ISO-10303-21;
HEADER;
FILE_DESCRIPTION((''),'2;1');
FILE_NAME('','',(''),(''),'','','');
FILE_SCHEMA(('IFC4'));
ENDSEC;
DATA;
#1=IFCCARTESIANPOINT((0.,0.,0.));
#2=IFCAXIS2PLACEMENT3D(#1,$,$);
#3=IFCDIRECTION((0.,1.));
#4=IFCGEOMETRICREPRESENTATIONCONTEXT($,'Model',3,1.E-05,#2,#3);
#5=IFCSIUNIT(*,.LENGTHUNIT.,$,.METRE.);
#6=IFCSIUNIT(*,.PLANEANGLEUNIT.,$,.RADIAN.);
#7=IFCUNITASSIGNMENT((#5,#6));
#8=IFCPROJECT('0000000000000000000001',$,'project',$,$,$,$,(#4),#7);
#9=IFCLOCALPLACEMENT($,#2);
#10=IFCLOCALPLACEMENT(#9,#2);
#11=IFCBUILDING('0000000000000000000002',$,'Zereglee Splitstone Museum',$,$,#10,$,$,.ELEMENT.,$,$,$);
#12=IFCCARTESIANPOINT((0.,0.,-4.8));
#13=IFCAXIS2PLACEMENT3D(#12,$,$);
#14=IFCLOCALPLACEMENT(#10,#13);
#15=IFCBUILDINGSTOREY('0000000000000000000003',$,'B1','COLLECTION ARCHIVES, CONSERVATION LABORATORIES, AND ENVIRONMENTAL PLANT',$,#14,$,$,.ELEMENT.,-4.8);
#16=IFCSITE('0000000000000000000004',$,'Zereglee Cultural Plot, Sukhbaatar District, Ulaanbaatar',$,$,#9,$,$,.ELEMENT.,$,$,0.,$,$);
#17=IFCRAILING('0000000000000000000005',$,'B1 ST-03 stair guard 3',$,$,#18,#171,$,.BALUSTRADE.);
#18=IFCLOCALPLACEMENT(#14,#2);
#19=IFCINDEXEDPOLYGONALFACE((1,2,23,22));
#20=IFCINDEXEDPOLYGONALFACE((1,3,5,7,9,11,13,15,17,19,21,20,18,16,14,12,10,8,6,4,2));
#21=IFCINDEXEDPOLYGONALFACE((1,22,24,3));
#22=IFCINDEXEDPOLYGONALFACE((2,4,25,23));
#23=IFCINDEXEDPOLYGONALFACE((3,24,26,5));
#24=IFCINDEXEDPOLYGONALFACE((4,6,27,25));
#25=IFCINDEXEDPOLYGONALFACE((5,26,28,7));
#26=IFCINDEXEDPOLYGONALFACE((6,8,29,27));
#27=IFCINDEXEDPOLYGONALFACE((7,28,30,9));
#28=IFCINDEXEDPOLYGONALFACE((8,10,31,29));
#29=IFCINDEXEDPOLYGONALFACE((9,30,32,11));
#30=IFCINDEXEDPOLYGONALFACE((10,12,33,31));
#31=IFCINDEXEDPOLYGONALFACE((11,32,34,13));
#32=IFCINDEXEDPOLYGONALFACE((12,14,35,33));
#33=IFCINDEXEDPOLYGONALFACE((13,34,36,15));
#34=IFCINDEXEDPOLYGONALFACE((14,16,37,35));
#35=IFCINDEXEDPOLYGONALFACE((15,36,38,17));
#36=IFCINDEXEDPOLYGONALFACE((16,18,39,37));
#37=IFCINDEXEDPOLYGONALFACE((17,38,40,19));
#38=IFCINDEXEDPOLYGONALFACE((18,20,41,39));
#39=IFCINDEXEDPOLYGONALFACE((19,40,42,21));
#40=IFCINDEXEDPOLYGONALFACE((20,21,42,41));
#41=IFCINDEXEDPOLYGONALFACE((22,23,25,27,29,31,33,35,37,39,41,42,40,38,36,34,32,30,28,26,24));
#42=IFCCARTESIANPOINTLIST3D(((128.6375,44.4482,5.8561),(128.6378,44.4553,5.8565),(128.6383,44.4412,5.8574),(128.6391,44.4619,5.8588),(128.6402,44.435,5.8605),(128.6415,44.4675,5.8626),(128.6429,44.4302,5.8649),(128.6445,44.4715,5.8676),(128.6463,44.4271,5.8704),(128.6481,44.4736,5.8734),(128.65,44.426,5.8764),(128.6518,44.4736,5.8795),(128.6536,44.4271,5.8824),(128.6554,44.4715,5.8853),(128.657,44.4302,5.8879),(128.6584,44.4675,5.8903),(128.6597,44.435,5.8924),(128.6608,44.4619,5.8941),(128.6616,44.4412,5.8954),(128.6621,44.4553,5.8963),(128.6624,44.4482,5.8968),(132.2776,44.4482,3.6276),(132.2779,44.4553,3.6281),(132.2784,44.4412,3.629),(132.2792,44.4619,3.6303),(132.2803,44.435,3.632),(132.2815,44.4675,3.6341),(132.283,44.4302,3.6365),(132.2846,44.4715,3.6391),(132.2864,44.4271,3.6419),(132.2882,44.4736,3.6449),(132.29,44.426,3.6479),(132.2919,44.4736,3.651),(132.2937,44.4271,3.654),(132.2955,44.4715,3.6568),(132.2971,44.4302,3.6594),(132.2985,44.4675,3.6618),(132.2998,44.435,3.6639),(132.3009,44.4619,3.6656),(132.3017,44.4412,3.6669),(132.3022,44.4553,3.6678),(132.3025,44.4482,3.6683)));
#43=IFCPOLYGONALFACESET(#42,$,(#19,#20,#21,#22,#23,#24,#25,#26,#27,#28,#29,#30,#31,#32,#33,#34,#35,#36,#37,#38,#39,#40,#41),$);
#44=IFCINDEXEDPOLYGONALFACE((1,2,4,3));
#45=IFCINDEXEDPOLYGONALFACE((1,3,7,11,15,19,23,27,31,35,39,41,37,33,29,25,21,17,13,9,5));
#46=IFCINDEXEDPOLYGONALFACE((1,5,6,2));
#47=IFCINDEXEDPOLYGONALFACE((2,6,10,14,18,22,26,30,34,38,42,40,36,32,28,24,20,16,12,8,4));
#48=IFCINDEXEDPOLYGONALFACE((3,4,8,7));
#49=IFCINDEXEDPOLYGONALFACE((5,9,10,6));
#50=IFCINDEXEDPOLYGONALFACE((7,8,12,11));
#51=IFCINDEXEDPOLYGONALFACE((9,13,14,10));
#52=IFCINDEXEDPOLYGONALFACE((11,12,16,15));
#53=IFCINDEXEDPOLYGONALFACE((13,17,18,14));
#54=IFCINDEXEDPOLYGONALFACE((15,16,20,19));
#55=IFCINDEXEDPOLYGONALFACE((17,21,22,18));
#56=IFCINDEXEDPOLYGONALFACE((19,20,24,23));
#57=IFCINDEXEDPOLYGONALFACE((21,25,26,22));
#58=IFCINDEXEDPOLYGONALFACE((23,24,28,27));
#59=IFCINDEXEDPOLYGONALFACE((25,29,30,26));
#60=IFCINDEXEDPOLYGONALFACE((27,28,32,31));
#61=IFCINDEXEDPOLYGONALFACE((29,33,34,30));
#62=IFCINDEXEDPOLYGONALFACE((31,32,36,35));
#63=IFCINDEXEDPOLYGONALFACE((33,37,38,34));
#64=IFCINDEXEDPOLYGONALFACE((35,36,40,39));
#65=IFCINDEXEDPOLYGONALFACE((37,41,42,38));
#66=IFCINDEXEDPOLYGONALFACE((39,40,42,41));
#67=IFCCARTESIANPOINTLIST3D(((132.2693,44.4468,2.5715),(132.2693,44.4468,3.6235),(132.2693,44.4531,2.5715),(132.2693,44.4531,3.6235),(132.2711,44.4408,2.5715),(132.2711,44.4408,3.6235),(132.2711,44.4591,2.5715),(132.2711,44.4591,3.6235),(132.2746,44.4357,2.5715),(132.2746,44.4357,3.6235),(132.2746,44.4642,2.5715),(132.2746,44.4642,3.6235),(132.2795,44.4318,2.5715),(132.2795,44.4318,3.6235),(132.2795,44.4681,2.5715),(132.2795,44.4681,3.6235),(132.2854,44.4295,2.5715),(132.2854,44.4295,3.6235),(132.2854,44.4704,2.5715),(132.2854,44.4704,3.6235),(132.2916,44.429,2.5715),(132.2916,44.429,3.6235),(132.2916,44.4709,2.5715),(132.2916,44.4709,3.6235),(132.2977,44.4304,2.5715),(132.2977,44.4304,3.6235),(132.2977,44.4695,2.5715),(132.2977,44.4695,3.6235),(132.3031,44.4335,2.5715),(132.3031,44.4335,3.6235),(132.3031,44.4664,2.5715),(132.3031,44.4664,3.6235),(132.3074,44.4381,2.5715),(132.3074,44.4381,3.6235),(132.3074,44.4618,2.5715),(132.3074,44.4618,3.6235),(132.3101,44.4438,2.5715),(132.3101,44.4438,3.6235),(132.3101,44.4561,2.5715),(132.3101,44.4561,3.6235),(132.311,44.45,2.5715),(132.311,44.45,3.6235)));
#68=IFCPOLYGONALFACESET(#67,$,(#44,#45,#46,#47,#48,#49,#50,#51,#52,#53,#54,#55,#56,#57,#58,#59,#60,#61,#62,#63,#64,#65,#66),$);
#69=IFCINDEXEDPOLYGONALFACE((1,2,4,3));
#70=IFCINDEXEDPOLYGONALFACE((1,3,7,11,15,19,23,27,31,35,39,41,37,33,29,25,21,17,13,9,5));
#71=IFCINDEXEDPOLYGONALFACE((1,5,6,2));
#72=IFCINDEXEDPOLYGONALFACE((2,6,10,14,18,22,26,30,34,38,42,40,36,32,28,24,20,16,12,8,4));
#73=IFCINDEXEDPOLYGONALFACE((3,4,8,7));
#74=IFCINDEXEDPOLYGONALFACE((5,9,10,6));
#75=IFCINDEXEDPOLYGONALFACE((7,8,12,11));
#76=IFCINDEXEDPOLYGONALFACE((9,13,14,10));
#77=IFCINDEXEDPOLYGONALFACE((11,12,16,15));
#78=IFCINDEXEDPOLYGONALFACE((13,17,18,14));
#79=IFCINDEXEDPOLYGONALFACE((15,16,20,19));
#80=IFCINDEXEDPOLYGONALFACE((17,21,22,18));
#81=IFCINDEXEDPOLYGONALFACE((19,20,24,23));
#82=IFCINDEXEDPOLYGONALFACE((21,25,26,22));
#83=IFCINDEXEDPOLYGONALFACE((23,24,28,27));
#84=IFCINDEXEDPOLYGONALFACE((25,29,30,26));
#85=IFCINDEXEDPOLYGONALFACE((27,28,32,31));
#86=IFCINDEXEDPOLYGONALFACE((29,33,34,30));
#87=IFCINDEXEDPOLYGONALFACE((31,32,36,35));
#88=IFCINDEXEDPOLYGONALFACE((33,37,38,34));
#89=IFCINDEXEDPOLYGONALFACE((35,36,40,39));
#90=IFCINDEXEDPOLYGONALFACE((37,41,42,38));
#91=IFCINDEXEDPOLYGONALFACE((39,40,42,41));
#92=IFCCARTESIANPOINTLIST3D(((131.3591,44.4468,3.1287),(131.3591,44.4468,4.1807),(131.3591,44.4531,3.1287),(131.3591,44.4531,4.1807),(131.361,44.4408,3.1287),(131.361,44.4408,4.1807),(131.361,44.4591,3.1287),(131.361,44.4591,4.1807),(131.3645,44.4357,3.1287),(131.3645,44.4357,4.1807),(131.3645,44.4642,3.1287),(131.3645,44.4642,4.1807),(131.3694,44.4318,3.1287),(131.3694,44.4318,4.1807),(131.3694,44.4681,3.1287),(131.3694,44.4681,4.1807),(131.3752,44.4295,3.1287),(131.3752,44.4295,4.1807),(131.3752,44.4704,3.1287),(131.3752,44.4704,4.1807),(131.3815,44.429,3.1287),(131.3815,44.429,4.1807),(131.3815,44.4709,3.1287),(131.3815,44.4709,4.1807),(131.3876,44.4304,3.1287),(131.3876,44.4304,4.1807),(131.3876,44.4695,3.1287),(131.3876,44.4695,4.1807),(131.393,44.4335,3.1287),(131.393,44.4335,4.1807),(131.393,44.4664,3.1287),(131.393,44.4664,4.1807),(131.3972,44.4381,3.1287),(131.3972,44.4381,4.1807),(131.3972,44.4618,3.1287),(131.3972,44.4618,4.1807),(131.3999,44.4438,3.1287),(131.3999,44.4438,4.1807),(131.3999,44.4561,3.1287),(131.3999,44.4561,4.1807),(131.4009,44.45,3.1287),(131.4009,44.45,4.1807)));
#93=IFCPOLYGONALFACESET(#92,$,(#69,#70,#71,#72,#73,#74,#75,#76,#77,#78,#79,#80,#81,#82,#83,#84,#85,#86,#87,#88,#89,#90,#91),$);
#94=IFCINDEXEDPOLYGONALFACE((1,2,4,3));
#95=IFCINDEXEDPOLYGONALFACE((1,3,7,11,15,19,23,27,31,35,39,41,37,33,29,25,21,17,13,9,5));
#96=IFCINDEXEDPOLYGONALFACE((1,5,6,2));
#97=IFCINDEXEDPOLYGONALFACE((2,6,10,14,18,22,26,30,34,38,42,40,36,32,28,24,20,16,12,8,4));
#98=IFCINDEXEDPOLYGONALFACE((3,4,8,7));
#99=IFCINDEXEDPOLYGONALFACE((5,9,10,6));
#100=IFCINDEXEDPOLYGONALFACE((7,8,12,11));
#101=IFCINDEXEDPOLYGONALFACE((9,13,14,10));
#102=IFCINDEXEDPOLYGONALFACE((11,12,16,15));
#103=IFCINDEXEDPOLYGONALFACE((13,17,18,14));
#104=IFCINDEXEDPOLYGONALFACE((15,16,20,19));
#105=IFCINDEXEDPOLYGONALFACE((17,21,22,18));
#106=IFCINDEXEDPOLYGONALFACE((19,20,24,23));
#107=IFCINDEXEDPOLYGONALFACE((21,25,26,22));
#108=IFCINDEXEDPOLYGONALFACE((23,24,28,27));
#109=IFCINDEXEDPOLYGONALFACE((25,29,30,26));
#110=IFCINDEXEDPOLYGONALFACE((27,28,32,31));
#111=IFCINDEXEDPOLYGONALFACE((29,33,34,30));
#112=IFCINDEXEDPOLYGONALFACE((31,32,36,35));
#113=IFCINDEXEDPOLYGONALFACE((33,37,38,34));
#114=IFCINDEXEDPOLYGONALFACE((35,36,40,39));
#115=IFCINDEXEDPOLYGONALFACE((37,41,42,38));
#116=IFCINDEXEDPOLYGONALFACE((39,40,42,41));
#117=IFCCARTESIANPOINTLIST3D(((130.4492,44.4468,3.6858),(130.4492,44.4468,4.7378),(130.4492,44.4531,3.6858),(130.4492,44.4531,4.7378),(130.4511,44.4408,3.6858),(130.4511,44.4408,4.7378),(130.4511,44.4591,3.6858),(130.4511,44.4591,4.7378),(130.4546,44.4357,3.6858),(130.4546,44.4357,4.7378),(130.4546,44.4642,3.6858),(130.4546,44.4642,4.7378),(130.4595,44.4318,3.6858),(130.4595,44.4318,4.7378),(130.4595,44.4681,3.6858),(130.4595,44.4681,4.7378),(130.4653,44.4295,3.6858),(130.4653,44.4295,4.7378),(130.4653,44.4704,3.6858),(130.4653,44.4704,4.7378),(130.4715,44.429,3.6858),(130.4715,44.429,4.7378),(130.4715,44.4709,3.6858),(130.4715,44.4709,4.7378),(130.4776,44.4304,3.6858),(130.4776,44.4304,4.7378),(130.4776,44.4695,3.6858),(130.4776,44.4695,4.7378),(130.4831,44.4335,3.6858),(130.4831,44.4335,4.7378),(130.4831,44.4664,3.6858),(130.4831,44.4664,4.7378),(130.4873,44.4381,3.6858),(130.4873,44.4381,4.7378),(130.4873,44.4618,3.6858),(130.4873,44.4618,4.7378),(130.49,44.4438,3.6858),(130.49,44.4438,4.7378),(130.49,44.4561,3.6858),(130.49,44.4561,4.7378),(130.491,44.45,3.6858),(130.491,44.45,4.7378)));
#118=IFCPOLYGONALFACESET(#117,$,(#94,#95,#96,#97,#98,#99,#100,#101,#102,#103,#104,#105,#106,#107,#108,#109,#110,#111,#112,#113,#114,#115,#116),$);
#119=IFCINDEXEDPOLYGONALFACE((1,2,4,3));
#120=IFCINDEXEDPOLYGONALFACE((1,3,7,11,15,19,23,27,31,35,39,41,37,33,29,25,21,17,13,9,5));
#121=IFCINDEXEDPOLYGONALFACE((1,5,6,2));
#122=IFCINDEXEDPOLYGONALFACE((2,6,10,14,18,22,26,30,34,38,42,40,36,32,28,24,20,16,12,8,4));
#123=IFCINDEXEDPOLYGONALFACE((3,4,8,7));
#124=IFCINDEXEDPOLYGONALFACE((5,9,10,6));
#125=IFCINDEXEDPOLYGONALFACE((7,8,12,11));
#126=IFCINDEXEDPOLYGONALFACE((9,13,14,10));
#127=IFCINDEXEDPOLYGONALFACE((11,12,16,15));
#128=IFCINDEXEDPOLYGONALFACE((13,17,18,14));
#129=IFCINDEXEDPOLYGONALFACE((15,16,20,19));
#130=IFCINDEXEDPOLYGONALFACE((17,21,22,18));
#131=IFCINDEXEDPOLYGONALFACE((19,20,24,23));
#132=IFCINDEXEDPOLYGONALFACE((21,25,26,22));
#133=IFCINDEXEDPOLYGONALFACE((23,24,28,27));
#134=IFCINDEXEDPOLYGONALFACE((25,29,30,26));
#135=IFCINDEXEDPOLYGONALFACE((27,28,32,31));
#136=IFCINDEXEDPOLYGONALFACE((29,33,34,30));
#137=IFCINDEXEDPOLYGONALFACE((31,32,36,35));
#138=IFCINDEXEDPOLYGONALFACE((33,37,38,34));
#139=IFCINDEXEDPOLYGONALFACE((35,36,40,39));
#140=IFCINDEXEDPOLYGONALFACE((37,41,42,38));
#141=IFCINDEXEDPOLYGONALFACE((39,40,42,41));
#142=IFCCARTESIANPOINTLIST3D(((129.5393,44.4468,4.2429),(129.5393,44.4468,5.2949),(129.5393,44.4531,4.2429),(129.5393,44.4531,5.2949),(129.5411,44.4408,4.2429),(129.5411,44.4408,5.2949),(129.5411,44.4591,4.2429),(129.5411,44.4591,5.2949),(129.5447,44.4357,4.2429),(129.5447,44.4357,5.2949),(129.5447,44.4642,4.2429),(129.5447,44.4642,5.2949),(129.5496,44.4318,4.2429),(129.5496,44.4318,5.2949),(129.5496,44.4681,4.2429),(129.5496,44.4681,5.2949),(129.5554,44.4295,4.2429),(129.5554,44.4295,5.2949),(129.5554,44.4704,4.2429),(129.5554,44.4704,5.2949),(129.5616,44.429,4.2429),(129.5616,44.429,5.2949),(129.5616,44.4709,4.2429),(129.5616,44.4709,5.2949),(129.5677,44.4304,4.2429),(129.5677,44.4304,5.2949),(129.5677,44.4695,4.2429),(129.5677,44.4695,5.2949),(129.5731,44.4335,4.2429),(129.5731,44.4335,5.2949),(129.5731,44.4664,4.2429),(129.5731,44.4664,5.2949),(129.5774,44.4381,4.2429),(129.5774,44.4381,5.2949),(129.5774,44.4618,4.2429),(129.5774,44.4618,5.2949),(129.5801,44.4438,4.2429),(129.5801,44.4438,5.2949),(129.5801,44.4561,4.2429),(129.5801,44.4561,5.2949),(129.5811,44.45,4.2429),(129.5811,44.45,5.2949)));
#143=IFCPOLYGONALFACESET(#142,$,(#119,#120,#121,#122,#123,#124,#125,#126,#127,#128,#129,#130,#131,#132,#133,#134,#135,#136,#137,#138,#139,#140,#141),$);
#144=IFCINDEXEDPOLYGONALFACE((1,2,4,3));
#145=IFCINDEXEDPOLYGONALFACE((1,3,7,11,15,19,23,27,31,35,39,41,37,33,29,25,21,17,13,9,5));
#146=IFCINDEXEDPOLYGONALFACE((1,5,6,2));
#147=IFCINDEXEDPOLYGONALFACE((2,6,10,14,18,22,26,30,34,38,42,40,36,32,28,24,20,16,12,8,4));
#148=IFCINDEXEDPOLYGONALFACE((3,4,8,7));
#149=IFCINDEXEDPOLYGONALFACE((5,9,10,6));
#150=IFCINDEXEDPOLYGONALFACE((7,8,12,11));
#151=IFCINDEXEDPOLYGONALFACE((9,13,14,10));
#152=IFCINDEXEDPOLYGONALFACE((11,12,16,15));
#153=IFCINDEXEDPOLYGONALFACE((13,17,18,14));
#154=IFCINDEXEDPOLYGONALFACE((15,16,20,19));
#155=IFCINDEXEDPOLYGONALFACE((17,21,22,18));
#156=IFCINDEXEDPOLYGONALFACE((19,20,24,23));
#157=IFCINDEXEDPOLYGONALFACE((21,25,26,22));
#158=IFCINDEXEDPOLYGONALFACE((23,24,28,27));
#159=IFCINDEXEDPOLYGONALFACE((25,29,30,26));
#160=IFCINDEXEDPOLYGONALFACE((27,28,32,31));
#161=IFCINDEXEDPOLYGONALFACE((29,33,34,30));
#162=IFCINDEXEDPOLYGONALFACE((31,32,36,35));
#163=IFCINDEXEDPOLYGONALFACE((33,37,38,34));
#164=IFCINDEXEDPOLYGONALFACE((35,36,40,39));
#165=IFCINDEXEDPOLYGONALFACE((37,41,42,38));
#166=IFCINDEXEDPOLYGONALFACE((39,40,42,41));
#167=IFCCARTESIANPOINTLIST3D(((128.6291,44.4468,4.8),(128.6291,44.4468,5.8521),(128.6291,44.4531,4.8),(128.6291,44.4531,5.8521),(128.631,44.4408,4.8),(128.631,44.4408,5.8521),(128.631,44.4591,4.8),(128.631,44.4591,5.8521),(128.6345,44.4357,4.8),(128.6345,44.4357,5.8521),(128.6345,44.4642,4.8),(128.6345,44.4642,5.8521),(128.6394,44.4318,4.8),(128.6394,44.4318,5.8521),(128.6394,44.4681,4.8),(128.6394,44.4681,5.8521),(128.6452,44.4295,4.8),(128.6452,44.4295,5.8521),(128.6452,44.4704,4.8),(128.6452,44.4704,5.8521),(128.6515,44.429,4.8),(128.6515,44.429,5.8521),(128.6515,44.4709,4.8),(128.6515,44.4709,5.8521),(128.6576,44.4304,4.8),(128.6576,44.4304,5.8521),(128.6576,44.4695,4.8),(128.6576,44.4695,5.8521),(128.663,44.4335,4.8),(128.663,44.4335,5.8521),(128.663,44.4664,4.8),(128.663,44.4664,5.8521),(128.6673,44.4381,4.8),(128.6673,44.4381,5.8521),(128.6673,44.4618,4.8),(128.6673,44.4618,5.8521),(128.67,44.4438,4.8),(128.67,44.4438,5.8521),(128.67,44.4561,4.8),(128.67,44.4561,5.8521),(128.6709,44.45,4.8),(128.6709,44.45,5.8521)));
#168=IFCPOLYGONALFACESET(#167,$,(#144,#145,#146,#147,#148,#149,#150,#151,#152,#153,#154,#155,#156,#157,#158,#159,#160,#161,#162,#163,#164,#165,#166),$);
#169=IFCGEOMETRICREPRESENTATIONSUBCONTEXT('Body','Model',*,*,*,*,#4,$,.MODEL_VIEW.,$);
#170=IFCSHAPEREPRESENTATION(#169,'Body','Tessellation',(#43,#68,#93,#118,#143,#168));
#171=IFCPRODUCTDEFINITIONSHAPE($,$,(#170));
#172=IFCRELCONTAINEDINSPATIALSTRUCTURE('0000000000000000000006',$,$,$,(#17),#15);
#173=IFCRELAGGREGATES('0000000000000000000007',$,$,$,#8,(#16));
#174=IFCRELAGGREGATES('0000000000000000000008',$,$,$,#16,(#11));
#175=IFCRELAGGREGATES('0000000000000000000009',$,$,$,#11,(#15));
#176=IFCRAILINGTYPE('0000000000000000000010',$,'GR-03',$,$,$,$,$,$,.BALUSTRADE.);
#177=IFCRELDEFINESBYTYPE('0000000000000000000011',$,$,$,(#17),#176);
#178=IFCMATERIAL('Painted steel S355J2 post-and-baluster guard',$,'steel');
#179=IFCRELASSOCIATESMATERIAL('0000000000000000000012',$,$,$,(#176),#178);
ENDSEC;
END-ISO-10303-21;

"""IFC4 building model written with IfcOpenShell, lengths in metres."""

from ifc_helpers import new_model, si_unit, direction, frame, origin, origin_2d, place, context, subcontext, project, spatial, circle, extrude, material, type_object, element, save


model = new_model("IFC4")

# Units and contexts
model_context = context("Model", 3, precision=1e-05, world=origin(), true_north=direction((0.0, 1.0)))
body_context = subcontext(model_context, "Body", "Model", "MODEL_VIEW")
ifc_project = project(units=[si_unit("LENGTHUNIT", "METRE"), si_unit("PLANEANGLEUNIT", "RADIAN")], contexts=[model_context])

# Site, building, storey
site_placement = place(None, origin())
site = spatial("IfcSite", under=ifc_project, at=site_placement, Name="Zereglee Cultural Plot, Sukhbaatar District, Ulaanbaatar", CompositionType="ELEMENT", RefElevation=0.0)
building_placement = place(site_placement, origin())
building = spatial("IfcBuilding", under=site, at=building_placement, Name="Zereglee Splitstone Museum", CompositionType="ELEMENT")
storey_placement = place(building_placement, frame((0.0, 0.0, -4.8)))
storey = spatial("IfcBuildingStorey", under=building, at=storey_placement, Name="B1", Description="COLLECTION ARCHIVES, CONSERVATION LABORATORIES, AND ENVIRONMENTAL PLANT", CompositionType="ELEMENT", Elevation=-4.8)

# Railing
ifc_material_1 = material(Name="Painted steel S355J2 post-and-baluster guard", Category="steel")
railing_type_1 = type_object("IfcRailingType", Name="GR-03", PredefinedType="BALUSTRADE", material=ifc_material_1)
railing_1_placement = place(storey_placement, frame((132.29, 44.45, 2.5715)))
element("IfcRailing", 1, at=railing_1_placement, inside=storey, type_object=railing_type_1, Name="B1 ST-03 stair guard 3", PredefinedType="BALUSTRADE", context=body_context, shape_type="SweptSolid", body=[
    extrude(circle(Radius=0.0239, at=origin_2d()), frame((0.0, 0.0, 1.0764), z_axis=(-0.852866, 0.0, 0.52213), x_axis=(0.0, -1.0, 0.0)), (0.0, 0.0, 1.0), 4.2681),
    extrude(circle(Radius=0.021, at=origin_2d()), origin(), (0.0, 0.0, 1.0), 1.052),
    extrude(circle(Radius=0.021, at=origin_2d()), frame((-0.9102, 0.0, 0.5571)), (0.0, 0.0, 1.0), 1.052),
    extrude(circle(Radius=0.021, at=origin_2d()), frame((-1.8201, 0.0, 1.1143)), (0.0, 0.0, 1.0), 1.052),
    extrude(circle(Radius=0.021, at=origin_2d()), frame((-2.73, 0.0, 1.6714)), (0.0, 0.0, 1.0), 1.052),
    extrude(circle(Radius=0.021, at=origin_2d()), frame((-3.6401, 0.0, 2.2285)), (0.0, 0.0, 1.0), 1.052),
])

save(model, "model.ifc")
